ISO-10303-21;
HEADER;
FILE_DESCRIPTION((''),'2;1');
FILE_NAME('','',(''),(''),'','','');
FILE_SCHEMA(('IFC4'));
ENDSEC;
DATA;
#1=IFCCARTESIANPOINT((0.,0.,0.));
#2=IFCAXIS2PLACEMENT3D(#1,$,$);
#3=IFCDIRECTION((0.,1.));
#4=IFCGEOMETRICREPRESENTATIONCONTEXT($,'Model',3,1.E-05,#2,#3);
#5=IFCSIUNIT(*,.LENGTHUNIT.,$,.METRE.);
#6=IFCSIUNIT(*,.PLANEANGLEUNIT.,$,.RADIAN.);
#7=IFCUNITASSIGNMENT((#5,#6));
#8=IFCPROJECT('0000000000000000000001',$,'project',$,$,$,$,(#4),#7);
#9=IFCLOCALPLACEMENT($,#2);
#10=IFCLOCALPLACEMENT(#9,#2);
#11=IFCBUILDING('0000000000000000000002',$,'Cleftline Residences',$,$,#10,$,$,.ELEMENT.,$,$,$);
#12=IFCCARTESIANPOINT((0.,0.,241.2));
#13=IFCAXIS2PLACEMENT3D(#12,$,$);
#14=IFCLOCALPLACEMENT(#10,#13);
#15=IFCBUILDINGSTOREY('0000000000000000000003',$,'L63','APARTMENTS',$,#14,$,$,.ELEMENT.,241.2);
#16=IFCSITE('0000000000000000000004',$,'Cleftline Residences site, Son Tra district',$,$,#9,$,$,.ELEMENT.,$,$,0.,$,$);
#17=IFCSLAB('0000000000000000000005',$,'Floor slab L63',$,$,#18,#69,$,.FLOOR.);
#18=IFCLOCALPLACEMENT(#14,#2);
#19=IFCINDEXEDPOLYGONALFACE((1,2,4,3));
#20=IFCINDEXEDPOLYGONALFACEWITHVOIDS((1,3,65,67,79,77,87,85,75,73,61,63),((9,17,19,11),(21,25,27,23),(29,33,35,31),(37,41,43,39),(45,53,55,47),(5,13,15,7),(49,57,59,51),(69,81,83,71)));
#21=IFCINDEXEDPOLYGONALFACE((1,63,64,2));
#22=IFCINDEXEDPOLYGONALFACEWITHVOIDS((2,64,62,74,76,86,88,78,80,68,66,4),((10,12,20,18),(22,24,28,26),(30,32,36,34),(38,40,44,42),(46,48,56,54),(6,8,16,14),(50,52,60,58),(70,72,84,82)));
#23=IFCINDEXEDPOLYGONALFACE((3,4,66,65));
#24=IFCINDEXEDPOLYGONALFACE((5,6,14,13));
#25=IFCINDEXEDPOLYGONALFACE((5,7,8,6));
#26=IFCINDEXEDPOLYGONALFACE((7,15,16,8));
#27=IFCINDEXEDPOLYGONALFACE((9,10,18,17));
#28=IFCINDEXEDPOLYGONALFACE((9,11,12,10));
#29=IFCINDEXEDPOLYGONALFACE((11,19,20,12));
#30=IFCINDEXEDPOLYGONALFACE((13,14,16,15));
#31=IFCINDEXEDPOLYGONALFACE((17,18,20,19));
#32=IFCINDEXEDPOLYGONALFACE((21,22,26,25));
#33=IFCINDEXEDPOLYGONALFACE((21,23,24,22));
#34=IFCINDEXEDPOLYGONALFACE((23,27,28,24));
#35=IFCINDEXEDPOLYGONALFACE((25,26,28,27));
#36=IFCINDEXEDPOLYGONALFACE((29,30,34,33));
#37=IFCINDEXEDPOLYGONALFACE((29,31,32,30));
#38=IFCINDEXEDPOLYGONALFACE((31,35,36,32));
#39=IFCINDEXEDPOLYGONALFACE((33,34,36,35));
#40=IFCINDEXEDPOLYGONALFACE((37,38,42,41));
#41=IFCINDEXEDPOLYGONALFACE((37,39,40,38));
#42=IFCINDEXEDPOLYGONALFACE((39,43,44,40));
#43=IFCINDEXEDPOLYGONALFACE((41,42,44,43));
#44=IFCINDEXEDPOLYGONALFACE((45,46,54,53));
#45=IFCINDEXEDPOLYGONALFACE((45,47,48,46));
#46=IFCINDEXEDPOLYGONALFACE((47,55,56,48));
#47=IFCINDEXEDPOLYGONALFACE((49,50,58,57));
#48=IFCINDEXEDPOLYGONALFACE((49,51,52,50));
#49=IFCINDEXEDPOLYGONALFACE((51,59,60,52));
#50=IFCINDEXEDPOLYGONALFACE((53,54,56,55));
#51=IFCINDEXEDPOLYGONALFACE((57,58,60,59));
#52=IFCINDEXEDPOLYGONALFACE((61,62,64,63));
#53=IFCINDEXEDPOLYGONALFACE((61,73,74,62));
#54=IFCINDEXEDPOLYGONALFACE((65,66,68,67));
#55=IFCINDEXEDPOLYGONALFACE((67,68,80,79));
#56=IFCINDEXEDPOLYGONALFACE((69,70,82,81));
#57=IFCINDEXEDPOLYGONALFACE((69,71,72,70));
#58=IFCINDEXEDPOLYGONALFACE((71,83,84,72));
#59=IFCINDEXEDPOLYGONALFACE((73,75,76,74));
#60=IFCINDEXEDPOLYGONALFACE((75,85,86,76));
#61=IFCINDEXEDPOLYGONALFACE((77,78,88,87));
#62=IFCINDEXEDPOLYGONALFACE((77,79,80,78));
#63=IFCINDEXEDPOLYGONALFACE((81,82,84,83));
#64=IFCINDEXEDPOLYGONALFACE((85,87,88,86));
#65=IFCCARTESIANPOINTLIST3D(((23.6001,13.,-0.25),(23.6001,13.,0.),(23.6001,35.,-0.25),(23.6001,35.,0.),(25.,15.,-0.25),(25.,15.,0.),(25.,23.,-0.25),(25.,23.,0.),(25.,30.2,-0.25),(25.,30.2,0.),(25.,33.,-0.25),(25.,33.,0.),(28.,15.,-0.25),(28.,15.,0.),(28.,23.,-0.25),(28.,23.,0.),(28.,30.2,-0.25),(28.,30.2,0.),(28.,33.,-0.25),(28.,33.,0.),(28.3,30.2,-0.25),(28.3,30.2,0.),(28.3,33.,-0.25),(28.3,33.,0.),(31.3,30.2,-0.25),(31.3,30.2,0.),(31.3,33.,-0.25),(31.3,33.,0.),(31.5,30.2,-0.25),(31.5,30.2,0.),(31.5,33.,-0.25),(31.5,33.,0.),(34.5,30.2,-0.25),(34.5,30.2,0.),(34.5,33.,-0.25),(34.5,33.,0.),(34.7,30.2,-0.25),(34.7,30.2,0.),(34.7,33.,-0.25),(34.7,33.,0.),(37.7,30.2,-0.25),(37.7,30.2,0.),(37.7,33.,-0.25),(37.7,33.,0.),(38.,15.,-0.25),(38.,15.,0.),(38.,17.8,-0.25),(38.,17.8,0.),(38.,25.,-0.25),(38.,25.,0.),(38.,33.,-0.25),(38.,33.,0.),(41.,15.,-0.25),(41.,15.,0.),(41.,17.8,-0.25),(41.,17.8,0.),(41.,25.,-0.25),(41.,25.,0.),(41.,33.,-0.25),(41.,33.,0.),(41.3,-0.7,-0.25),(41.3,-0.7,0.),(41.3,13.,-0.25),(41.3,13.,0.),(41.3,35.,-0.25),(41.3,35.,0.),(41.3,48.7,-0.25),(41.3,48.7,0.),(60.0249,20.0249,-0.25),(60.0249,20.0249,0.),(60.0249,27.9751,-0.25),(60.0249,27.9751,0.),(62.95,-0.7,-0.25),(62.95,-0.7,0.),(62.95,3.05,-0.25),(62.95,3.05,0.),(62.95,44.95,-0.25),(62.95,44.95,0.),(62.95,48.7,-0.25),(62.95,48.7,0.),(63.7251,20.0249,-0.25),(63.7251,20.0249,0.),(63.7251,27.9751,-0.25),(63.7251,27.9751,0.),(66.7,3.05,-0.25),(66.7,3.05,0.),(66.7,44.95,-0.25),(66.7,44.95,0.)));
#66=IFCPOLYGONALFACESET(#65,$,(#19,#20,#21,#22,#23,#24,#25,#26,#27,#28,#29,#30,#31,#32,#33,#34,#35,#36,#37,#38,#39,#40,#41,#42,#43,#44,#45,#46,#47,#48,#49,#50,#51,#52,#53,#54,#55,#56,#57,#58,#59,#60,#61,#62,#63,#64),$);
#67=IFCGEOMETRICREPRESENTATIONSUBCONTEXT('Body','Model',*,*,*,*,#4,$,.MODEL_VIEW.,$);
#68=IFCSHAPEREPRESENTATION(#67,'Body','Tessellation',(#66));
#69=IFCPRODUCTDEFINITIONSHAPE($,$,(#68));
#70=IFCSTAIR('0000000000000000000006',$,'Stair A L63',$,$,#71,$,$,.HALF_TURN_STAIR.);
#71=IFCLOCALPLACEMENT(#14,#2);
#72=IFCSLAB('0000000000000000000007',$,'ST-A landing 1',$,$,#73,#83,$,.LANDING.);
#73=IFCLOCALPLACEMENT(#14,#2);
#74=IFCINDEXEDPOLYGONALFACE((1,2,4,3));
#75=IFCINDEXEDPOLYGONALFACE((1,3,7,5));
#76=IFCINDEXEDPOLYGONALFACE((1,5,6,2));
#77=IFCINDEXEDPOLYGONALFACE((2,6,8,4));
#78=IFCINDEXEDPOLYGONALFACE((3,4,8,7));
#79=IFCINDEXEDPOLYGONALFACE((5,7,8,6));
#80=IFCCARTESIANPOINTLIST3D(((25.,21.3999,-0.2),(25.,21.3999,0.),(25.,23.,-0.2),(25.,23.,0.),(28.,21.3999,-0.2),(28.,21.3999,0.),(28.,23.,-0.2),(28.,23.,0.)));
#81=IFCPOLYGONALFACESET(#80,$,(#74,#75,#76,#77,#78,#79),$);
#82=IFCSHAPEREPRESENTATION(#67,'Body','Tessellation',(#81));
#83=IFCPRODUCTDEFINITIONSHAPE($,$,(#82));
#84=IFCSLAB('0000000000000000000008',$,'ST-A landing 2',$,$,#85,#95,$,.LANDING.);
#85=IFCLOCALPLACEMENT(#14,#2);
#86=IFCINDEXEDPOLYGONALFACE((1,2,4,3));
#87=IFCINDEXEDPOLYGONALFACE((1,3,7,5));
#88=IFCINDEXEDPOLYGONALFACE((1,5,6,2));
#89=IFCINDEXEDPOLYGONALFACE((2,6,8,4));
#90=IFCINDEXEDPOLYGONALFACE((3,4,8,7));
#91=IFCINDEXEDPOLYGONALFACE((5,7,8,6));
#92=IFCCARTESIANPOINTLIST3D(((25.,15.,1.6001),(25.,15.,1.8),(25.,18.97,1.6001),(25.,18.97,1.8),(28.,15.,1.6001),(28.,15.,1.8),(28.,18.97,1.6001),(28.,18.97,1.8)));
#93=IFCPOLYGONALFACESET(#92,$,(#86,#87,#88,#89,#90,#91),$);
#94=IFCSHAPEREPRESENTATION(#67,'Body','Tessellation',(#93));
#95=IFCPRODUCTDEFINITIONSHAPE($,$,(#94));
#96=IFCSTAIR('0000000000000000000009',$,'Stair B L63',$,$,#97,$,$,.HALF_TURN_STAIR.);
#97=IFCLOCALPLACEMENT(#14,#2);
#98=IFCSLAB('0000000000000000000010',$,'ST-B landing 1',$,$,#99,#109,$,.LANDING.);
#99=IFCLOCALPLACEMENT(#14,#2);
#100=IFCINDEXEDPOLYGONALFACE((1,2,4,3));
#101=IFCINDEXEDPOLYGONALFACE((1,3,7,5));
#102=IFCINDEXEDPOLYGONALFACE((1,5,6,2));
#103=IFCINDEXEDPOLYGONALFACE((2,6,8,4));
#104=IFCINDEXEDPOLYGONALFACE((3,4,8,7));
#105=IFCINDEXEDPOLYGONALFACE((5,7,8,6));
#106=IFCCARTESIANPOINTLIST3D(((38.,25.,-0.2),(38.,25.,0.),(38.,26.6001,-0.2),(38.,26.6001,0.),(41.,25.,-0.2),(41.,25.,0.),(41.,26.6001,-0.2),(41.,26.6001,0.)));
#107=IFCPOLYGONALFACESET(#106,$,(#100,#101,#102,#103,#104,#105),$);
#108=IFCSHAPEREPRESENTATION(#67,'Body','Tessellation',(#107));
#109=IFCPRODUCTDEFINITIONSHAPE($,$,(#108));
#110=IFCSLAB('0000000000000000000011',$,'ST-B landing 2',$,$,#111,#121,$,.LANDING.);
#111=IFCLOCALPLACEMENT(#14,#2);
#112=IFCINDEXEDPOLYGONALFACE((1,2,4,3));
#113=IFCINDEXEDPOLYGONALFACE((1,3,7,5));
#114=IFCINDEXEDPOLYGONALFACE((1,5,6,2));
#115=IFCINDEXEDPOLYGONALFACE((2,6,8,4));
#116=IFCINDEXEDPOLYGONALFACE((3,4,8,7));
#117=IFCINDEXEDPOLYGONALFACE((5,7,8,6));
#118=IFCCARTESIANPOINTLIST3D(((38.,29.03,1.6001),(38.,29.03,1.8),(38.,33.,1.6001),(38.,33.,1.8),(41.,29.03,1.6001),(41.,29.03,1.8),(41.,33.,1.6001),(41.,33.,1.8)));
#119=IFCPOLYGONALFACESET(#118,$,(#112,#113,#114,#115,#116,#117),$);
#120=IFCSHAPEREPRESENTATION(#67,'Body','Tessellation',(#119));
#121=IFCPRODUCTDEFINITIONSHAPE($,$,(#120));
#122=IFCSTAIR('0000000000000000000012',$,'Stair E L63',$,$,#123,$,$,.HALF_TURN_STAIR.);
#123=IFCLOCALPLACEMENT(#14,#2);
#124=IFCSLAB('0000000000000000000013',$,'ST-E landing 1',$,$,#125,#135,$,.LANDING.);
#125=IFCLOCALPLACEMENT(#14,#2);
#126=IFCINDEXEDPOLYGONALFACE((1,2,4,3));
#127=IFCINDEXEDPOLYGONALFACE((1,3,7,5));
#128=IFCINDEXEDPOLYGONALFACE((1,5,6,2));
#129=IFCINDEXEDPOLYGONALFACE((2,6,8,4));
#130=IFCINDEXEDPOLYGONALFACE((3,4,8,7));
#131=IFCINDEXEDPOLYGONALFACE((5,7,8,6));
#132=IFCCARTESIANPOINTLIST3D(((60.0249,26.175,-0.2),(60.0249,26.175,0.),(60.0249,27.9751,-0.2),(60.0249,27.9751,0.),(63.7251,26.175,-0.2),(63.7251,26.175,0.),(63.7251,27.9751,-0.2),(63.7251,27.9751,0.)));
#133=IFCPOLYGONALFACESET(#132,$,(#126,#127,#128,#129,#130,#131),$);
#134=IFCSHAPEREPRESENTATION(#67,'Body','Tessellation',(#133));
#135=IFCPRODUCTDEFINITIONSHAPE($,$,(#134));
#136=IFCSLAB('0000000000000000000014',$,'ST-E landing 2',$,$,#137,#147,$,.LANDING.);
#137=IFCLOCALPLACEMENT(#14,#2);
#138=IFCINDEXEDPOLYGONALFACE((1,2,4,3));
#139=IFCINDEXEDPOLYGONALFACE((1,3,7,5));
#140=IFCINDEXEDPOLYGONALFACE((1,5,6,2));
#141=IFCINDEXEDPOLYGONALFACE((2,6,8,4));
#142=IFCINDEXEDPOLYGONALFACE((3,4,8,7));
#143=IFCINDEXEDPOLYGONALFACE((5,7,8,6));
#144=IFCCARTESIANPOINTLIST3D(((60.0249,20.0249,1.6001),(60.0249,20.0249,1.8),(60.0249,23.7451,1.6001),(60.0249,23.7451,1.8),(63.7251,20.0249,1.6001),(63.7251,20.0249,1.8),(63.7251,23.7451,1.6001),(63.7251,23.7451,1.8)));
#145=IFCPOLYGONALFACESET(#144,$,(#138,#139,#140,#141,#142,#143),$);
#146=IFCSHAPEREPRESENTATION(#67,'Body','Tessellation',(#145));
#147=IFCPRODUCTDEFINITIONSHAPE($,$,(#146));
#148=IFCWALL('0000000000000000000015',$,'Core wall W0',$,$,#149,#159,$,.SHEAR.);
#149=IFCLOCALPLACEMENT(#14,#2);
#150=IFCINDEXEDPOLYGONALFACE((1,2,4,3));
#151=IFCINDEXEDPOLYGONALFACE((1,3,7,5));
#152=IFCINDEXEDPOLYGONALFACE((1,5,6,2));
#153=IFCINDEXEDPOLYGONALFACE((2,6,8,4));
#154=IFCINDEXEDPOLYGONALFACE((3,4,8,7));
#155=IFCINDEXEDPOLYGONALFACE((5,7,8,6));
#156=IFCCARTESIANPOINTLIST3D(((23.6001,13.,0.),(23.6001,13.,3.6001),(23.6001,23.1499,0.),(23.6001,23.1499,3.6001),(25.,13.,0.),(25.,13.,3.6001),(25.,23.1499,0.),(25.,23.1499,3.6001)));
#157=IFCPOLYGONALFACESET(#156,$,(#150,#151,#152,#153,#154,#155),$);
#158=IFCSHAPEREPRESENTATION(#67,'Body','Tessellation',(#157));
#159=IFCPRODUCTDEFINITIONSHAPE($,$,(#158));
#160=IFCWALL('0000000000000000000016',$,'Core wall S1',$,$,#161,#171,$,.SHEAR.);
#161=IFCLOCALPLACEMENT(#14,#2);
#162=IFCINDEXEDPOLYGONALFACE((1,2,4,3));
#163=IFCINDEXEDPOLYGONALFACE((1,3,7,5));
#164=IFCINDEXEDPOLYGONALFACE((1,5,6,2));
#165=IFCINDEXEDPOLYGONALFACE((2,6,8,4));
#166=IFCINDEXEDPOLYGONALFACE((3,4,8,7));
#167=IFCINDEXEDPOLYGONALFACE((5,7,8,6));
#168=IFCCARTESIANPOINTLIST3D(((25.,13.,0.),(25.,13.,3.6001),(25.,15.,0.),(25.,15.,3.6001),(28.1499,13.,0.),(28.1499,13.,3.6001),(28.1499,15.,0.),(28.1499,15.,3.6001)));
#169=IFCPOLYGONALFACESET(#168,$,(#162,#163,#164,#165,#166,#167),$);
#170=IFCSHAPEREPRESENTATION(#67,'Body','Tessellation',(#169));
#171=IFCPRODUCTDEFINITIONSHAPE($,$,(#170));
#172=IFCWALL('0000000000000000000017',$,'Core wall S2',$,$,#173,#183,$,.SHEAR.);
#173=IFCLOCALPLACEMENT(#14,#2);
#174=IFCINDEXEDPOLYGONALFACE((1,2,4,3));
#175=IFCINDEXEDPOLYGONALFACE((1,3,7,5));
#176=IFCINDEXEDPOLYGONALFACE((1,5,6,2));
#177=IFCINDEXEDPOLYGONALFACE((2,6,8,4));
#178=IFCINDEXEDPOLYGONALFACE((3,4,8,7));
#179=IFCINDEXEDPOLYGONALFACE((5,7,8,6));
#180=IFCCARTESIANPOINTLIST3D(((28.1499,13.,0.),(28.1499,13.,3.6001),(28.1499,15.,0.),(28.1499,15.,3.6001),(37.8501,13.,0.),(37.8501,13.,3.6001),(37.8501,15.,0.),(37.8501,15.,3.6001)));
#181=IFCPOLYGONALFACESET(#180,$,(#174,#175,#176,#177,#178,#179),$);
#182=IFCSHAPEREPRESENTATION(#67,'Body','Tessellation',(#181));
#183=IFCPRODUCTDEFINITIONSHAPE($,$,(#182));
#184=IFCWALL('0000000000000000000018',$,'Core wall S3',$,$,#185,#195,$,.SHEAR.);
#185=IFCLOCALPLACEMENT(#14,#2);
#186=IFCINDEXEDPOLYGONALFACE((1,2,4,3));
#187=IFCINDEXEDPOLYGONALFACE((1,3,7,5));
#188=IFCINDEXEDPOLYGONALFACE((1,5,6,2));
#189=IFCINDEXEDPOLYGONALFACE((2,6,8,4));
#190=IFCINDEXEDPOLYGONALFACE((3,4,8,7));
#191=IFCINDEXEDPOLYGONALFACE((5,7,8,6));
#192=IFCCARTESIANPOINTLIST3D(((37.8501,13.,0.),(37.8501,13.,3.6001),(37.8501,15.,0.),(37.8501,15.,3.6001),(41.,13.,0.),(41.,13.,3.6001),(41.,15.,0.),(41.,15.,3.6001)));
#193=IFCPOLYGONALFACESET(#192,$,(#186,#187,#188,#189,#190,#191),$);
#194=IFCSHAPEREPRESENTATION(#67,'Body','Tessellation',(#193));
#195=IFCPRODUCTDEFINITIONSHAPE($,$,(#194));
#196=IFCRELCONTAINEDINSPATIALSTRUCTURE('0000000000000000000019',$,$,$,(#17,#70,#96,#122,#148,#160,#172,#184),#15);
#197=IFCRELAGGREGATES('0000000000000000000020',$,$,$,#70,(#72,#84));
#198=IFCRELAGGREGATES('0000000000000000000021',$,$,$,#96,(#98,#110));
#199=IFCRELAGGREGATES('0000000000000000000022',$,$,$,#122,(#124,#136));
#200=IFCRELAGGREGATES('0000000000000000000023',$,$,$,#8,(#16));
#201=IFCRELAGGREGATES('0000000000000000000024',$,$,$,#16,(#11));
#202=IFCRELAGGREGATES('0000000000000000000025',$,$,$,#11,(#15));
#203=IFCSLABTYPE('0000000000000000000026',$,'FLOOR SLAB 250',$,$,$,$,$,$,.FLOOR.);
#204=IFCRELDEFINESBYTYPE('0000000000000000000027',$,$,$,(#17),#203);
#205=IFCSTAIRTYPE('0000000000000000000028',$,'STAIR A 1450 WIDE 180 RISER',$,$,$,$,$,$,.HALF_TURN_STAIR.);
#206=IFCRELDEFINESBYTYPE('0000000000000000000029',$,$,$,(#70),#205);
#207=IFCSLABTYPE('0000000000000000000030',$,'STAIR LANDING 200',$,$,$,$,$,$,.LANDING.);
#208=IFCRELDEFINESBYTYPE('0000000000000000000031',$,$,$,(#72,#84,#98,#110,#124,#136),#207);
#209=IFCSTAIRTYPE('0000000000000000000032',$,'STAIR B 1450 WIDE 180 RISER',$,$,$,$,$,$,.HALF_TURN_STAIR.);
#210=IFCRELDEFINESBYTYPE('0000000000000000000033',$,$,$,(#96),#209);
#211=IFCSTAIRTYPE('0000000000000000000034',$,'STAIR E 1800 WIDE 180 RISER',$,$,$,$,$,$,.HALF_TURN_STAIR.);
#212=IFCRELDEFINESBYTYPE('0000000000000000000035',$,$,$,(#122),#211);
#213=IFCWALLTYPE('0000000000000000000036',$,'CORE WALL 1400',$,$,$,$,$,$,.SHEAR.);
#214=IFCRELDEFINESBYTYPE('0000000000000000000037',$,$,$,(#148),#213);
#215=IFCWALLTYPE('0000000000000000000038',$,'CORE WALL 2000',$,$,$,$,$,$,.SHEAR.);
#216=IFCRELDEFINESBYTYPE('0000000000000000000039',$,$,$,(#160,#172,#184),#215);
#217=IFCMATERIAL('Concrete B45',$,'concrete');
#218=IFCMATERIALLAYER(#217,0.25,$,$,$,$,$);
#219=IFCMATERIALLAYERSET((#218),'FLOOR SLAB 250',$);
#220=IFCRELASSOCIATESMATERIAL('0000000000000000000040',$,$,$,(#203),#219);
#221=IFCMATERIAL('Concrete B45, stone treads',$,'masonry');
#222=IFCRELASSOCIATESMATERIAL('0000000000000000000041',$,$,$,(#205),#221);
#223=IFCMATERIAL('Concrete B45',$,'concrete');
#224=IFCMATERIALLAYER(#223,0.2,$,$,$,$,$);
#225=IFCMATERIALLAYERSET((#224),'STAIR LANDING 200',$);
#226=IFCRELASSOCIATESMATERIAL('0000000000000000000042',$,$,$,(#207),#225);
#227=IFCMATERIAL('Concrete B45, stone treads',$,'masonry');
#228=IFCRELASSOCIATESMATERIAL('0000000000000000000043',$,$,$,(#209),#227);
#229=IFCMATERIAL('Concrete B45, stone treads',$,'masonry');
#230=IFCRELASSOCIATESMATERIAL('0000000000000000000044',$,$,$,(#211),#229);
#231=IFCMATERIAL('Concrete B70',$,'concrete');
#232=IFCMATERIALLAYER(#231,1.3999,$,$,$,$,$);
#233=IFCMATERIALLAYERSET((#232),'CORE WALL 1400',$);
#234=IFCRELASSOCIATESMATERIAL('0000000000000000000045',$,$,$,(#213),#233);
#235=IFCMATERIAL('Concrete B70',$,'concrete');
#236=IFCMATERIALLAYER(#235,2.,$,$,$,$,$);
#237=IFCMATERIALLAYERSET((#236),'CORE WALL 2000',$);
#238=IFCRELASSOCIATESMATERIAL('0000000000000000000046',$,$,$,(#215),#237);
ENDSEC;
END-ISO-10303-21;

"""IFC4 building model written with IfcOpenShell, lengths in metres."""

from ifc_helpers import new_model, si_unit, direction, frame, frame_2d, origin, place, context, subcontext, project, spatial, polyline, rectangle, outline, extrude, material, layer, layer_set, type_object, element, aggregate, save


model = new_model("IFC4")

# Units and contexts
model_context = context("Model", 3, precision=1e-05, world=origin(), true_north=direction((0.0, 1.0)))
body_context = subcontext(model_context, "Body", "Model", "MODEL_VIEW")
ifc_project = project(units=[si_unit("LENGTHUNIT", "METRE"), si_unit("PLANEANGLEUNIT", "RADIAN")], contexts=[model_context])

# Site, building, storey
site_placement = place(None, origin())
site = spatial("IfcSite", under=ifc_project, at=site_placement, Name="Cleftline Residences site, Son Tra district", CompositionType="ELEMENT", RefElevation=0.0)
building_placement = place(site_placement, origin())
building = spatial("IfcBuilding", under=site, at=building_placement, Name="Cleftline Residences", CompositionType="ELEMENT")
storey_placement = place(building_placement, frame((0.0, 0.0, 241.2)))
storey = spatial("IfcBuildingStorey", under=building, at=storey_placement, Name="L63", Description="APARTMENTS", CompositionType="ELEMENT", Elevation=241.2)

# Slab
ifc_material_1 = material(Name="Concrete B45", Category="concrete")
ifc_layer_1 = layer(ifc_material_1, 0.25)
ifc_layer_set_1 = layer_set([ifc_layer_1], Name="FLOOR SLAB 250")
slab_type_1 = type_object("IfcSlabType", Name="FLOOR SLAB 250", PredefinedType="FLOOR", material=ifc_layer_set_1)
slab_1_placement = place(storey_placement, frame((0.0, 0.0, -0.25)))
element("IfcSlab", 1, at=slab_1_placement, inside=storey, type_object=slab_type_1, Name="Floor slab L63", PredefinedType="FLOOR", context=body_context, shape_type="SweptSolid", body=[
    extrude(outline(polyline([(41.3, 13.0), (41.3, -0.7), (62.95, -0.7), (62.95, 3.05), (66.7, 3.05), (66.7, 44.95), (62.95, 44.95), (62.95, 48.7), (41.3, 48.7), (41.3, 35.0), (23.6001, 35.0), (23.6001, 13.0), (41.3, 13.0)]), holes=[polyline([(28.0, 15.0), (28.0, 23.0), (25.0, 23.0), (25.0, 15.0), (28.0, 15.0)]), polyline([(41.0, 25.0), (41.0, 33.0), (38.0, 33.0), (38.0, 25.0), (41.0, 25.0)]), polyline([(28.0, 30.2), (28.0, 33.0), (25.0, 33.0), (25.0, 30.2), (28.0, 30.2)]), polyline([(41.0, 15.0), (41.0, 17.8), (38.0, 17.8), (38.0, 15.0), (41.0, 15.0)]), polyline([(31.3, 30.2), (31.3, 33.0), (28.3, 33.0), (28.3, 30.2), (31.3, 30.2)]), polyline([(34.5, 30.2), (34.5, 33.0), (31.5, 33.0), (31.5, 30.2), (34.5, 30.2)]), polyline([(37.7, 30.2), (37.7, 33.0), (34.7, 33.0), (34.7, 30.2), (37.7, 30.2)]), polyline([(63.7251, 20.0249), (63.7251, 27.9751), (60.0249, 27.9751), (60.0249, 20.0249), (63.7251, 20.0249)])]), origin(), (0.0, 0.0, 1.0), 0.25),
])

# Stairs, slabs
ifc_material_2 = material(Name="Concrete B45, stone treads", Category="masonry")
stair_type_1 = type_object("IfcStairType", Name="STAIR A 1450 WIDE 180 RISER", PredefinedType="HALF_TURN_STAIR", material=ifc_material_2)
stair_1_placement = place(storey_placement, origin())
stair_1 = element("IfcStair", 2, at=stair_1_placement, inside=storey, type_object=stair_type_1, Name="Stair A L63", PredefinedType="HALF_TURN_STAIR")
ifc_material_3 = material(Name="Concrete B45", Category="concrete")
ifc_layer_2 = layer(ifc_material_3, 0.2)
ifc_layer_set_2 = layer_set([ifc_layer_2], Name="STAIR LANDING 200")
slab_type_2 = type_object("IfcSlabType", Name="STAIR LANDING 200", PredefinedType="LANDING", material=ifc_layer_set_2)
slab_2_placement = place(storey_placement, frame((0.0, 0.0, -0.2)))
slab_2 = element("IfcSlab", 3, at=slab_2_placement, type_object=slab_type_2, Name="ST-A landing 1", PredefinedType="LANDING", context=body_context, shape_type="SweptSolid", body=[
    extrude(outline(polyline([(25.0, 21.3999), (28.0, 21.3999), (28.0, 23.0), (25.0, 23.0), (25.0, 21.3999)])), origin(), (0.0, 0.0, 1.0), 0.2),
])
slab_3_placement = place(storey_placement, frame((0.0, 0.0, 1.6001)))
slab_3 = element("IfcSlab", 4, at=slab_3_placement, type_object=slab_type_2, Name="ST-A landing 2", PredefinedType="LANDING", context=body_context, shape_type="SweptSolid", body=[
    extrude(outline(polyline([(25.0, 15.0), (28.0, 15.0), (28.0, 18.97), (25.0, 18.97), (25.0, 15.0)])), origin(), (0.0, 0.0, 1.0), 0.2),
])
aggregate(stair_1, [slab_2, slab_3])
ifc_material_4 = material(Name="Concrete B45, stone treads", Category="masonry")
stair_type_2 = type_object("IfcStairType", Name="STAIR B 1450 WIDE 180 RISER", PredefinedType="HALF_TURN_STAIR", material=ifc_material_4)
stair_2_placement = place(storey_placement, origin())
stair_2 = element("IfcStair", 5, at=stair_2_placement, inside=storey, type_object=stair_type_2, Name="Stair B L63", PredefinedType="HALF_TURN_STAIR")
slab_4_placement = place(storey_placement, frame((0.0, 0.0, -0.2)))
slab_4 = element("IfcSlab", 6, at=slab_4_placement, type_object=slab_type_2, Name="ST-B landing 1", PredefinedType="LANDING", context=body_context, shape_type="SweptSolid", body=[
    extrude(outline(polyline([(38.0, 25.0), (41.0, 25.0), (41.0, 26.6001), (38.0, 26.6001), (38.0, 25.0)])), origin(), (0.0, 0.0, 1.0), 0.2),
])
slab_5_placement = place(storey_placement, frame((0.0, 0.0, 1.6001)))
slab_5 = element("IfcSlab", 7, at=slab_5_placement, type_object=slab_type_2, Name="ST-B landing 2", PredefinedType="LANDING", context=body_context, shape_type="SweptSolid", body=[
    extrude(outline(polyline([(38.0, 29.03), (41.0, 29.03), (41.0, 33.0), (38.0, 33.0), (38.0, 29.03)])), origin(), (0.0, 0.0, 1.0), 0.2),
])
aggregate(stair_2, [slab_4, slab_5])
ifc_material_5 = material(Name="Concrete B45, stone treads", Category="masonry")
stair_type_3 = type_object("IfcStairType", Name="STAIR E 1800 WIDE 180 RISER", PredefinedType="HALF_TURN_STAIR", material=ifc_material_5)
stair_3_placement = place(storey_placement, origin())
stair_3 = element("IfcStair", 8, at=stair_3_placement, inside=storey, type_object=stair_type_3, Name="Stair E L63", PredefinedType="HALF_TURN_STAIR")
slab_6_placement = place(storey_placement, frame((0.0, 0.0, -0.2)))
slab_6 = element("IfcSlab", 9, at=slab_6_placement, type_object=slab_type_2, Name="ST-E landing 1", PredefinedType="LANDING", context=body_context, shape_type="SweptSolid", body=[
    extrude(outline(polyline([(60.0249, 26.175), (63.7251, 26.175), (63.7251, 27.9751), (60.0249, 27.9751), (60.0249, 26.175)])), origin(), (0.0, 0.0, 1.0), 0.2),
])
slab_7_placement = place(storey_placement, frame((0.0, 0.0, 1.6001)))
slab_7 = element("IfcSlab", 10, at=slab_7_placement, type_object=slab_type_2, Name="ST-E landing 2", PredefinedType="LANDING", context=body_context, shape_type="SweptSolid", body=[
    extrude(outline(polyline([(60.0249, 20.0249), (63.7251, 20.0249), (63.7251, 23.7451), (60.0249, 23.7451), (60.0249, 20.0249)])), origin(), (0.0, 0.0, 1.0), 0.2),
])
aggregate(stair_3, [slab_6, slab_7])

# Walls
ifc_material_6 = material(Name="Concrete B70", Category="concrete")
ifc_layer_3 = layer(ifc_material_6, 1.3999)
ifc_layer_set_3 = layer_set([ifc_layer_3], Name="CORE WALL 1400")
wall_type_1 = type_object("IfcWallType", Name="CORE WALL 1400", PredefinedType="SHEAR", material=ifc_layer_set_3)
wall_1_placement = place(storey_placement, frame((24.3, 13.0, 0.0), z_axis=(0.0, 0.0, 1.0), x_axis=(0.0, 1.0, 0.0)))
element("IfcWall", 11, at=wall_1_placement, inside=storey, type_object=wall_type_1, Name="Core wall W0", PredefinedType="SHEAR", context=body_context, shape_type="SweptSolid", body=[
    extrude(rectangle(XDim=10.1499, YDim=1.3999, at=frame_2d((5.075, 0.0))), origin(), (0.0, 0.0, 1.0), 3.6001),
])
ifc_material_7 = material(Name="Concrete B70", Category="concrete")
ifc_layer_4 = layer(ifc_material_7, 2.0)
ifc_layer_set_4 = layer_set([ifc_layer_4], Name="CORE WALL 2000")
wall_type_2 = type_object("IfcWallType", Name="CORE WALL 2000", PredefinedType="SHEAR", material=ifc_layer_set_4)
wall_2_placement = place(storey_placement, frame((25.0, 14.0, 0.0), z_axis=(0.0, 0.0, 1.0), x_axis=(1.0, 0.0, 0.0)))
element("IfcWall", 12, at=wall_2_placement, inside=storey, type_object=wall_type_2, Name="Core wall S1", PredefinedType="SHEAR", context=body_context, shape_type="SweptSolid", body=[
    extrude(rectangle(XDim=3.1499, YDim=2.0, at=frame_2d((1.575, 0.0))), origin(), (0.0, 0.0, 1.0), 3.6001),
])
wall_3_placement = place(storey_placement, frame((28.1499, 14.0, 0.0), z_axis=(0.0, 0.0, 1.0), x_axis=(1.0, 0.0, 0.0)))
element("IfcWall", 13, at=wall_3_placement, inside=storey, type_object=wall_type_2, Name="Core wall S2", PredefinedType="SHEAR", context=body_context, shape_type="SweptSolid", body=[
    extrude(rectangle(XDim=9.7002, YDim=2.0, at=frame_2d((4.8501, 0.0))), origin(), (0.0, 0.0, 1.0), 3.6001),
])
wall_4_placement = place(storey_placement, frame((37.8501, 14.0, 0.0), z_axis=(0.0, 0.0, 1.0), x_axis=(1.0, 0.0, 0.0)))
element("IfcWall", 14, at=wall_4_placement, inside=storey, type_object=wall_type_2, Name="Core wall S3", PredefinedType="SHEAR", context=body_context, shape_type="SweptSolid", body=[
    extrude(rectangle(XDim=3.1499, YDim=2.0, at=frame_2d((1.575, 0.0))), origin(), (0.0, 0.0, 1.0), 3.6001),
])

save(model, "model.ifc")
